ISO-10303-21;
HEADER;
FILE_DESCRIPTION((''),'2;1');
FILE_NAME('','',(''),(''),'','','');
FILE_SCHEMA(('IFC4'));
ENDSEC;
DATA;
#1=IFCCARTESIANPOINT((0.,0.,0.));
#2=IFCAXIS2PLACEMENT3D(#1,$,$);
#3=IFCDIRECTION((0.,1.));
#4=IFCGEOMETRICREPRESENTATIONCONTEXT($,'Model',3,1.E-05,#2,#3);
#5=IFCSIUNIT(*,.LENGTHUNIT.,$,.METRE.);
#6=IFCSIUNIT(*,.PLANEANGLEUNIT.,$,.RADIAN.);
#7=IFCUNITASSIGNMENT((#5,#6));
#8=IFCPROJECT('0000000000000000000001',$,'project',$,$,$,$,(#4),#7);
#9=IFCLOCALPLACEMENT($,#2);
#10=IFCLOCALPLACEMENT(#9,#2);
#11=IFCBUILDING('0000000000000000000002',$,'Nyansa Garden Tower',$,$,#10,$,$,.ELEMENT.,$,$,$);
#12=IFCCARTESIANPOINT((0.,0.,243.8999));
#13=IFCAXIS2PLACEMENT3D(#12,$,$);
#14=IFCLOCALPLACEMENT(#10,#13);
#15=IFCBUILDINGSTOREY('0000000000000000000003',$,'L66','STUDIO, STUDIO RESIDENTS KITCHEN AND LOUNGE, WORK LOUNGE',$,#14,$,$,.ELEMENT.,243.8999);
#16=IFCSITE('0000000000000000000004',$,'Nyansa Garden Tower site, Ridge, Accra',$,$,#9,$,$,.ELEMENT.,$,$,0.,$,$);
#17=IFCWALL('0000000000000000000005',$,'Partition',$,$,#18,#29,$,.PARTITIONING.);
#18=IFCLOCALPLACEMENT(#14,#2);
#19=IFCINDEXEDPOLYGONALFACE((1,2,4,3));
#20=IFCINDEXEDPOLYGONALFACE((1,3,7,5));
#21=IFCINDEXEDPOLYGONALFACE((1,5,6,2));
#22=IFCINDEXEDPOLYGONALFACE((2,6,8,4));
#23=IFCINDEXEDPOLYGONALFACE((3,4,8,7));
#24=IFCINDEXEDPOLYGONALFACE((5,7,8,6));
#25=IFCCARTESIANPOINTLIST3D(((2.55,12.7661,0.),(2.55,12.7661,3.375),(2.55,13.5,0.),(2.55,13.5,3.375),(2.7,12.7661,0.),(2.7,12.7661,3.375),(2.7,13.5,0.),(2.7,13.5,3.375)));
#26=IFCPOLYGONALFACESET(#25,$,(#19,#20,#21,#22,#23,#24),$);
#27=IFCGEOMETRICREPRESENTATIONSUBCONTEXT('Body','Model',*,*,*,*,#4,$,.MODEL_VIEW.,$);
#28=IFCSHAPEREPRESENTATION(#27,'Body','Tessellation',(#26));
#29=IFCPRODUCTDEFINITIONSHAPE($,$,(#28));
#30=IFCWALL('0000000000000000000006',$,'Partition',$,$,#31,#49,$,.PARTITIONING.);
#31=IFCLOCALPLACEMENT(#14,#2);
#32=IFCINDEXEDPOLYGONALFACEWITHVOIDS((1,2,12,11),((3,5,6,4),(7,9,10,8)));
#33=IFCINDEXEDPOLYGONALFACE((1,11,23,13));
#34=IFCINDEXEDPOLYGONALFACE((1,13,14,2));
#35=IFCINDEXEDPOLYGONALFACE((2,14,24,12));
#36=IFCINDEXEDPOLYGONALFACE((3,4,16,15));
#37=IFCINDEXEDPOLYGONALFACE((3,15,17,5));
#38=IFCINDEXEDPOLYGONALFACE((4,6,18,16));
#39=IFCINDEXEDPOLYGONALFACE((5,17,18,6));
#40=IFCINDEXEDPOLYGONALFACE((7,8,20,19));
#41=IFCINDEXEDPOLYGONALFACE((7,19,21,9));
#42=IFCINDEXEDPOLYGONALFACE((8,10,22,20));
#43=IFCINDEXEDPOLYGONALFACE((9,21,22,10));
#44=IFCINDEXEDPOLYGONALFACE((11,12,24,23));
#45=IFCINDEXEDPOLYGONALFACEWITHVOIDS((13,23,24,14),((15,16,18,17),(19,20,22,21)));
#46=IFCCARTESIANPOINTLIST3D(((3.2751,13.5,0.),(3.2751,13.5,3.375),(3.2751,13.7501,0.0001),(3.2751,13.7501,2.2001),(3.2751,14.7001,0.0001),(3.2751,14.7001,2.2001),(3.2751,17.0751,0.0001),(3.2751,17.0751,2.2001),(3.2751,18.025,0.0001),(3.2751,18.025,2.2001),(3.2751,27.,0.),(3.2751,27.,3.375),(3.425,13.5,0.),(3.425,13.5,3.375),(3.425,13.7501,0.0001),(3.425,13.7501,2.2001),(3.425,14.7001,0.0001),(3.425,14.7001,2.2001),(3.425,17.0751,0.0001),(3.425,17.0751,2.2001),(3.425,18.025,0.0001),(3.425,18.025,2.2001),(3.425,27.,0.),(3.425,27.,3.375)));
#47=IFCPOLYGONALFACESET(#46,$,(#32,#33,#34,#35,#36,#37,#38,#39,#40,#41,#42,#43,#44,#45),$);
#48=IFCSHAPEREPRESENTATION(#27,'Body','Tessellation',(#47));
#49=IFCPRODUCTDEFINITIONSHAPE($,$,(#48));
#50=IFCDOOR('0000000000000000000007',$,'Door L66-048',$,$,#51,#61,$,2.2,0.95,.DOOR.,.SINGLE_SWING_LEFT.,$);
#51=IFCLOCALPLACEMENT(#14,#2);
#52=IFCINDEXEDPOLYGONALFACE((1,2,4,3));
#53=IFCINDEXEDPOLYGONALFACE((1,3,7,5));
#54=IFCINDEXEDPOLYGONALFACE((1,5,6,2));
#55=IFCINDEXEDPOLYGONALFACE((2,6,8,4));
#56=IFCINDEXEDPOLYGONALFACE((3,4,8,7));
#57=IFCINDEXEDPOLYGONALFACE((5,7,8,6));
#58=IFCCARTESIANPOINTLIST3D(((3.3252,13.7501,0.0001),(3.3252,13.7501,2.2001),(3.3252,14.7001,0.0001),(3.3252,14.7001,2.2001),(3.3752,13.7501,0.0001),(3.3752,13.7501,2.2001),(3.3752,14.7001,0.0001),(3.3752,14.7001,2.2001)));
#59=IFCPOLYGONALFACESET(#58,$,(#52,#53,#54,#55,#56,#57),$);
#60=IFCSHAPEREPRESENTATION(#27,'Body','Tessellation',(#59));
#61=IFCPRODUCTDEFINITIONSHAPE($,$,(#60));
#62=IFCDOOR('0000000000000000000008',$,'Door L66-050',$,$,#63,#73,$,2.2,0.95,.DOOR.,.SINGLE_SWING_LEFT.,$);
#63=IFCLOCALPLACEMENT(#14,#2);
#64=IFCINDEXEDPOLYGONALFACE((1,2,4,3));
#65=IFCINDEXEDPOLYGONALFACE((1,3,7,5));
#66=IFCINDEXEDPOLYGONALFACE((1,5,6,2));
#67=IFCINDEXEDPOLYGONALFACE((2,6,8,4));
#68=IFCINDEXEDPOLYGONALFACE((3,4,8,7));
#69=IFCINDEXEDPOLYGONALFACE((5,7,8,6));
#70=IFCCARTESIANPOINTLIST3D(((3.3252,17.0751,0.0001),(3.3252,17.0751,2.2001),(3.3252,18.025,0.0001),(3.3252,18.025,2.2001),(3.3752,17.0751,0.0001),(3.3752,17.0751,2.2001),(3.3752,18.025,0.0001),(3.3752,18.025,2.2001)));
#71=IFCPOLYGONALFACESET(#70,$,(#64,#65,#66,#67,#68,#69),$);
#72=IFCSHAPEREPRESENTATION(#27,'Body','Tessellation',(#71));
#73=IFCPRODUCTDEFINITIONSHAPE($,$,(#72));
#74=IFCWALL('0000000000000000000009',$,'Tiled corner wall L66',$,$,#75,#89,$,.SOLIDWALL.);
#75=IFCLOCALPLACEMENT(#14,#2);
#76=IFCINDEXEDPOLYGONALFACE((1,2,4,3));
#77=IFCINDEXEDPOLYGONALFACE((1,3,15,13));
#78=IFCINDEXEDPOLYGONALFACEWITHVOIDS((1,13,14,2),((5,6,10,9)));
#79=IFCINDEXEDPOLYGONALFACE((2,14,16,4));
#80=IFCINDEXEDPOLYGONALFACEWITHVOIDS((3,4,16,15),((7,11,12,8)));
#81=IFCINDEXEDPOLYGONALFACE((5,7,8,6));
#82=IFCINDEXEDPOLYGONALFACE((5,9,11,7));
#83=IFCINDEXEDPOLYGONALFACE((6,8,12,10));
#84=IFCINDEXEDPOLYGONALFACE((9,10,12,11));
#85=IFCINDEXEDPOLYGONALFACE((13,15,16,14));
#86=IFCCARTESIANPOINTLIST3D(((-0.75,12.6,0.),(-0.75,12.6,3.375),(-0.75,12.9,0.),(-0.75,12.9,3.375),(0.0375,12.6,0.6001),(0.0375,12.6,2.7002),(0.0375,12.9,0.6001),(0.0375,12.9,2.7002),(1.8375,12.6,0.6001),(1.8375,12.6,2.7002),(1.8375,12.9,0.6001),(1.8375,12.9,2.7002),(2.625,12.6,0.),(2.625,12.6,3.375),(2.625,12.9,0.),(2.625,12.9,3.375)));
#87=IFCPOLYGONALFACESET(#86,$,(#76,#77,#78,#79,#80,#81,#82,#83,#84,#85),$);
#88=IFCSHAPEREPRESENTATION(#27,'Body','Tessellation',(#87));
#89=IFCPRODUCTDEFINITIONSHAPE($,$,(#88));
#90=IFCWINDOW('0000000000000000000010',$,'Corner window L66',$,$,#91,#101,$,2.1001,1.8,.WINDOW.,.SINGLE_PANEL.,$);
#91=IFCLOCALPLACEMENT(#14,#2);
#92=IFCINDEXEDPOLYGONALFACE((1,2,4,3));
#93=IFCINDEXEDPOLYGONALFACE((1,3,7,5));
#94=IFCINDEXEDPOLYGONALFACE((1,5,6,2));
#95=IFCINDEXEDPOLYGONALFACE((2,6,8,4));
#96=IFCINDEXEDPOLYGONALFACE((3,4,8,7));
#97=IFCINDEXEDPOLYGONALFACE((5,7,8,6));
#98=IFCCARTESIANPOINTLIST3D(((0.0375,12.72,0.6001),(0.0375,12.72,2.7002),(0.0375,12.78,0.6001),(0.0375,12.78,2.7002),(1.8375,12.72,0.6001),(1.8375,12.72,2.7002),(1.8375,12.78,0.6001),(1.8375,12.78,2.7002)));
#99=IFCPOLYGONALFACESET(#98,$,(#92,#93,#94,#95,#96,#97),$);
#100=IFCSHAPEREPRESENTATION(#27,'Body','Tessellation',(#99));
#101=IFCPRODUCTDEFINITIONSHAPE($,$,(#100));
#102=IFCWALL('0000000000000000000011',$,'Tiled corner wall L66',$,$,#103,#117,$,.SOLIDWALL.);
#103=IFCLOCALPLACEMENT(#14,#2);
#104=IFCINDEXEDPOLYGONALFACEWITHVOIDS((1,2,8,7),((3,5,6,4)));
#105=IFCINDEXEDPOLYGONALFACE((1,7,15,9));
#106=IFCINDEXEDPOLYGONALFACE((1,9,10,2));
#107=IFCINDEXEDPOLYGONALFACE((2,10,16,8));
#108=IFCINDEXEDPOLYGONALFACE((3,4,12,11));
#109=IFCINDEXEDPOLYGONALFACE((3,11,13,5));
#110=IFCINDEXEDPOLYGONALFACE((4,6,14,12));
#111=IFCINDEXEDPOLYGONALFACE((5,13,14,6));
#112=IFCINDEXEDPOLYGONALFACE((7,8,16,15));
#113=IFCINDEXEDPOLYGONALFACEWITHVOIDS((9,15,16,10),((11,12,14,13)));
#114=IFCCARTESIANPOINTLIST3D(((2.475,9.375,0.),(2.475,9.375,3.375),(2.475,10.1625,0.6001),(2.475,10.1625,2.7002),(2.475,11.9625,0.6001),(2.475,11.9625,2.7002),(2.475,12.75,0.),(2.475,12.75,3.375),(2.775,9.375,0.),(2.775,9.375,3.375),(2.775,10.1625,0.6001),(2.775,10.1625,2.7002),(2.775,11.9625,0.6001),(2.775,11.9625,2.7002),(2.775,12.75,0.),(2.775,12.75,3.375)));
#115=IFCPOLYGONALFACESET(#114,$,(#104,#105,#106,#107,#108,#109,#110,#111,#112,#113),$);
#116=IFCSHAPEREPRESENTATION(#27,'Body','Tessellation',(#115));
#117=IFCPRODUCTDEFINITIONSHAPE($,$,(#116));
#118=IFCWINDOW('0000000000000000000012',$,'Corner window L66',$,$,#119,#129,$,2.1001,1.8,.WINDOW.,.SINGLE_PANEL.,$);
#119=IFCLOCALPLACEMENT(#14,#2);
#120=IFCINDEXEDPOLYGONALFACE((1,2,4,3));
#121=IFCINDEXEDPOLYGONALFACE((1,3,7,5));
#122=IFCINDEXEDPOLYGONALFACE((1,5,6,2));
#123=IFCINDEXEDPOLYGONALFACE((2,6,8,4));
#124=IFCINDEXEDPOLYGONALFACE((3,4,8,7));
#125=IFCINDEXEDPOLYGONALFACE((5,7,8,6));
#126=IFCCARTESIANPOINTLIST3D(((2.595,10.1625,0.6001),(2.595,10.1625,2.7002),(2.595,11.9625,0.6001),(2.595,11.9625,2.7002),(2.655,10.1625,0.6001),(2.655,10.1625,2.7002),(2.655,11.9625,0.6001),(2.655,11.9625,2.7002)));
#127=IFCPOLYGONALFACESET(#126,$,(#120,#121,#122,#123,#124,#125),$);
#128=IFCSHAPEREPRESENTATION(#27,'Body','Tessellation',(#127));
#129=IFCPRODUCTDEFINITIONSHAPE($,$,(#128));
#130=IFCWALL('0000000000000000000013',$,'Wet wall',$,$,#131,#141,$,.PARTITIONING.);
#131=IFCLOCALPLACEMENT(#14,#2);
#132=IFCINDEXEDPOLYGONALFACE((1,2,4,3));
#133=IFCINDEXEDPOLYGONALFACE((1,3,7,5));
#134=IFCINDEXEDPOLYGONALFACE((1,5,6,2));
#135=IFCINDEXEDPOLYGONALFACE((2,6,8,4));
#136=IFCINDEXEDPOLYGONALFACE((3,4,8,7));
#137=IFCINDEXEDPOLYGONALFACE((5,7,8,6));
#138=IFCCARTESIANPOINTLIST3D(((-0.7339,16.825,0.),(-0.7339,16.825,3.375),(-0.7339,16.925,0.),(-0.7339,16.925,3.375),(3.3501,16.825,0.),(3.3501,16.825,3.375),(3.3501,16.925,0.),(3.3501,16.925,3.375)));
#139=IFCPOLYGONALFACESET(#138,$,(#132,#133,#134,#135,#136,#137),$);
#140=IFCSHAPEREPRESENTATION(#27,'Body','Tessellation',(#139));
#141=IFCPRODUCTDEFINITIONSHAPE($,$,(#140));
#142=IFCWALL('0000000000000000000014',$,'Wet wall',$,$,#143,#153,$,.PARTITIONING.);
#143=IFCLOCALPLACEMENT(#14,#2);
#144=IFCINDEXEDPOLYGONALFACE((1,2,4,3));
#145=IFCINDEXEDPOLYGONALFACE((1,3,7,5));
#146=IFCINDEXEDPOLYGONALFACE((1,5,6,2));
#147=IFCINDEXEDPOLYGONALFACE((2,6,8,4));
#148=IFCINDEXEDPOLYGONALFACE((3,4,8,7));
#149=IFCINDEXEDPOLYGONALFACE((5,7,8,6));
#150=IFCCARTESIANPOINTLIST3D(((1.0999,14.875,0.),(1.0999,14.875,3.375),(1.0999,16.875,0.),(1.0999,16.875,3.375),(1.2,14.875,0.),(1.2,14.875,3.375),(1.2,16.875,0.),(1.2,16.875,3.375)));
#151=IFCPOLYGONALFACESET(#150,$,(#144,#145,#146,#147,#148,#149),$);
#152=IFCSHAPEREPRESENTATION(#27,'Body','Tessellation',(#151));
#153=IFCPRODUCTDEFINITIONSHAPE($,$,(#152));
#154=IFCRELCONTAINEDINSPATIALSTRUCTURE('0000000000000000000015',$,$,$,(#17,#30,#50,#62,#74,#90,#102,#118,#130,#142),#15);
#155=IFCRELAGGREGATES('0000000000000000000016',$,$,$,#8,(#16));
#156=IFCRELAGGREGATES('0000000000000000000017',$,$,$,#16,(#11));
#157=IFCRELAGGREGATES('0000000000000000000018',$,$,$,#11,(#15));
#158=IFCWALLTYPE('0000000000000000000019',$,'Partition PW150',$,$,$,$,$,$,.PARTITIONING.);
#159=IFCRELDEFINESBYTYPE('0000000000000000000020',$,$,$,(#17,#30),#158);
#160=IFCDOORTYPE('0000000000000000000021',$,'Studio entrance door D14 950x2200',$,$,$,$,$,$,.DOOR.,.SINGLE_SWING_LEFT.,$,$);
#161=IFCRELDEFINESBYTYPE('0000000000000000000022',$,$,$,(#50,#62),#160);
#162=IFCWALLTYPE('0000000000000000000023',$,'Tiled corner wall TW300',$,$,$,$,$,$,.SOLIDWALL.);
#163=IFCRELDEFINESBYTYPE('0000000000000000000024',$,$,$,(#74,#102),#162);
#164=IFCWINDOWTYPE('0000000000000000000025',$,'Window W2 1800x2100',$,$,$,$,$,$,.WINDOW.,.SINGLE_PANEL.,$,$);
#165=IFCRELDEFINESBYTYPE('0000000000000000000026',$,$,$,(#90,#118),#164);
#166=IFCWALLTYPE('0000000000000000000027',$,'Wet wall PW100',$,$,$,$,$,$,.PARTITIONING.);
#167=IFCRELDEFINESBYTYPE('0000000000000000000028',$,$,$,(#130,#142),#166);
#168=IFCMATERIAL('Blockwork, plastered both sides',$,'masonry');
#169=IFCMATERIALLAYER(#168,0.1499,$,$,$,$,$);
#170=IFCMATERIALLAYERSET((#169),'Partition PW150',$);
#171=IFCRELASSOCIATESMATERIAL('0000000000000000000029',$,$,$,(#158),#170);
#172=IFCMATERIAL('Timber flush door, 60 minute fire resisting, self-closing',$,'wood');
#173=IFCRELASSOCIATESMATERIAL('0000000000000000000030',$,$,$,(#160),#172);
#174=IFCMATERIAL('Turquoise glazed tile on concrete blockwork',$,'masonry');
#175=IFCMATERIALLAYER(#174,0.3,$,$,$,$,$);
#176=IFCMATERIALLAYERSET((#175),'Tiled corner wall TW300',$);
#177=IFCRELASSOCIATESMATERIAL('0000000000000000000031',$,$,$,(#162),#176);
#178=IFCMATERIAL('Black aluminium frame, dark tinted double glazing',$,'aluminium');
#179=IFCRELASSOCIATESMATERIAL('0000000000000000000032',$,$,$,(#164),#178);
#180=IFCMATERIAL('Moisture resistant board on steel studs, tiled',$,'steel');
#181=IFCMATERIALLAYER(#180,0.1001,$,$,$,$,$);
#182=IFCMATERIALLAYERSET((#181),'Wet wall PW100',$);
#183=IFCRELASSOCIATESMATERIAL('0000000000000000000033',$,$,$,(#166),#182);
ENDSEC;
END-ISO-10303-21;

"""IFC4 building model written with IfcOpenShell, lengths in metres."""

from ifc_helpers import new_model, si_unit, direction, frame, frame_2d, origin, place, context, subcontext, project, spatial, rectangle, extrude, material, layer, layer_set, type_object, element, fill, save


model = new_model("IFC4")

# Units and contexts
model_context = context("Model", 3, precision=1e-05, world=origin(), true_north=direction((0.0, 1.0)))
body_context = subcontext(model_context, "Body", "Model", "MODEL_VIEW")
ifc_project = project(units=[si_unit("LENGTHUNIT", "METRE"), si_unit("PLANEANGLEUNIT", "RADIAN")], contexts=[model_context])

# Site, building, storey
site_placement = place(None, origin())
site = spatial("IfcSite", under=ifc_project, at=site_placement, Name="Nyansa Garden Tower site, Ridge, Accra", CompositionType="ELEMENT", RefElevation=0.0)
building_placement = place(site_placement, origin())
building = spatial("IfcBuilding", under=site, at=building_placement, Name="Nyansa Garden Tower", CompositionType="ELEMENT")
storey_placement = place(building_placement, frame((0.0, 0.0, 243.8999)))
storey = spatial("IfcBuildingStorey", under=building, at=storey_placement, Name="L66", Description="STUDIO, STUDIO RESIDENTS KITCHEN AND LOUNGE, WORK LOUNGE", CompositionType="ELEMENT", Elevation=243.8999)

# Wall
ifc_material_1 = material(Name="Blockwork, plastered both sides", Category="masonry")
ifc_layer_1 = layer(ifc_material_1, 0.1499)
ifc_layer_set_1 = layer_set([ifc_layer_1], Name="Partition PW150")
wall_type_1 = type_object("IfcWallType", Name="Partition PW150", PredefinedType="PARTITIONING", material=ifc_layer_set_1)
wall_1_placement = place(storey_placement, frame((2.625, 12.7661, 0.0), z_axis=(0.0, 0.0, 1.0), x_axis=(0.0, 1.0, 0.0)))
element("IfcWall", 1, at=wall_1_placement, inside=storey, type_object=wall_type_1, Name="Partition", PredefinedType="PARTITIONING", context=body_context, shape_type="SweptSolid", body=[
    extrude(rectangle(XDim=0.7339, YDim=0.1499, at=frame_2d((0.3669, 0.0))), origin(), (0.0, 0.0, 1.0), 3.375),
])

# Wall, openings, doors
wall_2_placement = place(storey_placement, frame((3.3501, 13.5, 0.0), z_axis=(0.0, 0.0, 1.0), x_axis=(0.0, 1.0, 0.0)))
wall_2 = element("IfcWall", 2, at=wall_2_placement, inside=storey, type_object=wall_type_1, Name="Partition", PredefinedType="PARTITIONING", context=body_context, shape_type="SweptSolid", body=[
    extrude(rectangle(XDim=13.5, YDim=0.1499, at=frame_2d((6.75, 0.0))), origin(), (0.0, 0.0, 1.0), 3.375),
])
opening_1_placement = place(wall_2_placement, frame((0.25, 0.0, 0.0)))
opening_1 = element("IfcOpeningElement", 3, at=opening_1_placement, cuts=wall_2, PredefinedType="OPENING", context=body_context, shape_type="SweptSolid", body=[
    extrude(rectangle(XDim=0.95, YDim=2.2, at=frame_2d((0.4751, 1.1001))), frame((0.0, 0.085, 0.0), z_axis=(0.0, -1.0, 0.0), x_axis=(1.0, 0.0, 0.0)), (0.0, 0.0, 1.0), 0.1699),
])
opening_2_placement = place(wall_2_placement, frame((3.575, 0.0, 0.0)))
opening_2 = element("IfcOpeningElement", 4, at=opening_2_placement, cuts=wall_2, PredefinedType="OPENING", context=body_context, shape_type="SweptSolid", body=[
    extrude(rectangle(XDim=0.95, YDim=2.2, at=frame_2d((0.4751, 1.1001))), frame((0.0, 0.085, 0.0), z_axis=(0.0, -1.0, 0.0), x_axis=(1.0, 0.0, 0.0)), (0.0, 0.0, 1.0), 0.1699),
])
ifc_material_2 = material(Name="Timber flush door, 60 minute fire resisting, self-closing", Category="wood")
door_type_1 = type_object("IfcDoorType", Name="Studio entrance door D14 950x2200", OperationType="SINGLE_SWING_LEFT", PredefinedType="DOOR", material=ifc_material_2)
door_1_placement = place(opening_1_placement, origin())
door_1 = element("IfcDoor", 5, at=door_1_placement, inside=storey, type_object=door_type_1, Name="Door L66-048", OperationType="SINGLE_SWING_LEFT", OverallHeight=2.2, OverallWidth=0.95, PredefinedType="DOOR", context=body_context, shape_type="SweptSolid", body=[
    extrude(rectangle(XDim=0.95, YDim=2.2, at=frame_2d((0.4751, 1.1001))), frame((0.0, 0.0249, 0.0), z_axis=(0.0, -1.0, 0.0), x_axis=(1.0, 0.0, 0.0)), (0.0, 0.0, 1.0), 0.05),
])
fill(opening_1, door_1)
door_2_placement = place(opening_2_placement, origin())
door_2 = element("IfcDoor", 6, at=door_2_placement, inside=storey, type_object=door_type_1, Name="Door L66-050", OperationType="SINGLE_SWING_LEFT", OverallHeight=2.2, OverallWidth=0.95, PredefinedType="DOOR", context=body_context, shape_type="SweptSolid", body=[
    extrude(rectangle(XDim=0.95, YDim=2.2, at=frame_2d((0.4751, 1.1001))), frame((0.0, 0.0249, 0.0), z_axis=(0.0, -1.0, 0.0), x_axis=(1.0, 0.0, 0.0)), (0.0, 0.0, 1.0), 0.05),
])
fill(opening_2, door_2)

# Walls, openings, windows
ifc_material_3 = material(Name="Turquoise glazed tile on concrete blockwork", Category="masonry")
ifc_layer_2 = layer(ifc_material_3, 0.3)
ifc_layer_set_2 = layer_set([ifc_layer_2], Name="Tiled corner wall TW300")
wall_type_2 = type_object("IfcWallType", Name="Tiled corner wall TW300", PredefinedType="SOLIDWALL", material=ifc_layer_set_2)
wall_3_placement = place(storey_placement, frame((-0.75, 12.75, 0.0), z_axis=(0.0, 0.0, 1.0), x_axis=(1.0, 0.0, 0.0)))
wall_3 = element("IfcWall", 7, at=wall_3_placement, inside=storey, type_object=wall_type_2, Name="Tiled corner wall L66", PredefinedType="SOLIDWALL", context=body_context, shape_type="SweptSolid", body=[
    extrude(rectangle(XDim=3.375, YDim=0.3, at=frame_2d((1.6875, 0.0))), origin(), (0.0, 0.0, 1.0), 3.375),
])
opening_3_placement = place(wall_3_placement, frame((0.7876, 0.0, 0.6001)))
opening_3 = element("IfcOpeningElement", 8, at=opening_3_placement, cuts=wall_3, PredefinedType="OPENING", context=body_context, shape_type="SweptSolid", body=[
    extrude(rectangle(XDim=1.8, YDim=2.1001, at=frame_2d((0.8999, 1.05))), frame((0.0, 0.1599, 0.0), z_axis=(0.0, -1.0, 0.0), x_axis=(1.0, 0.0, 0.0)), (0.0, 0.0, 1.0), 0.3201),
])
ifc_material_4 = material(Name="Black aluminium frame, dark tinted double glazing", Category="aluminium")
window_type = type_object("IfcWindowType", Name="Window W2 1800x2100", PartitioningType="SINGLE_PANEL", PredefinedType="WINDOW", material=ifc_material_4)
window_1_placement = place(opening_3_placement, origin())
window_1 = element("IfcWindow", 9, at=window_1_placement, inside=storey, type_object=window_type, Name="Corner window L66", OverallHeight=2.1001, OverallWidth=1.8, PartitioningType="SINGLE_PANEL", PredefinedType="WINDOW", context=body_context, shape_type="SweptSolid", body=[
    extrude(rectangle(XDim=1.8, YDim=2.1001, at=frame_2d((0.8999, 1.05))), frame((0.0, 0.03, 0.0), z_axis=(0.0, -1.0, 0.0), x_axis=(1.0, 0.0, 0.0)), (0.0, 0.0, 1.0), 0.0601),
])
fill(opening_3, window_1)
wall_4_placement = place(storey_placement, frame((2.625, 12.75, 0.0), z_axis=(0.0, 0.0, 1.0), x_axis=(0.0, -1.0, 0.0)))
wall_4 = element("IfcWall", 10, at=wall_4_placement, inside=storey, type_object=wall_type_2, Name="Tiled corner wall L66", PredefinedType="SOLIDWALL", context=body_context, shape_type="SweptSolid", body=[
    extrude(rectangle(XDim=3.375, YDim=0.3, at=frame_2d((1.6875, 0.0))), origin(), (0.0, 0.0, 1.0), 3.375),
])
opening_4_placement = place(wall_4_placement, frame((0.7876, 0.0, 0.6001)))
opening_4 = element("IfcOpeningElement", 11, at=opening_4_placement, cuts=wall_4, PredefinedType="OPENING", context=body_context, shape_type="SweptSolid", body=[
    extrude(rectangle(XDim=1.8, YDim=2.1001, at=frame_2d((0.8999, 1.05))), frame((0.0, 0.1599, 0.0), z_axis=(0.0, -1.0, 0.0), x_axis=(1.0, 0.0, 0.0)), (0.0, 0.0, 1.0), 0.3201),
])
window_2_placement = place(opening_4_placement, origin())
window_2 = element("IfcWindow", 12, at=window_2_placement, inside=storey, type_object=window_type, Name="Corner window L66", OverallHeight=2.1001, OverallWidth=1.8, PartitioningType="SINGLE_PANEL", PredefinedType="WINDOW", context=body_context, shape_type="SweptSolid", body=[
    extrude(rectangle(XDim=1.8, YDim=2.1001, at=frame_2d((0.8999, 1.05))), frame((0.0, 0.03, 0.0), z_axis=(0.0, -1.0, 0.0), x_axis=(1.0, 0.0, 0.0)), (0.0, 0.0, 1.0), 0.0601),
])
fill(opening_4, window_2)

# Walls
ifc_material_5 = material(Name="Moisture resistant board on steel studs, tiled", Category="steel")
ifc_layer_3 = layer(ifc_material_5, 0.1001)
ifc_layer_set_3 = layer_set([ifc_layer_3], Name="Wet wall PW100")
wall_type_3 = type_object("IfcWallType", Name="Wet wall PW100", PredefinedType="PARTITIONING", material=ifc_layer_set_3)
wall_5_placement = place(storey_placement, frame((-0.7339, 16.875, 0.0), z_axis=(0.0, 0.0, 1.0), x_axis=(1.0, 0.0, 0.0)))
element("IfcWall", 13, at=wall_5_placement, inside=storey, type_object=wall_type_3, Name="Wet wall", PredefinedType="PARTITIONING", context=body_context, shape_type="SweptSolid", body=[
    extrude(rectangle(XDim=4.084, YDim=0.1001, at=frame_2d((2.042, 0.0))), origin(), (0.0, 0.0, 1.0), 3.375),
])
wall_6_placement = place(storey_placement, frame((1.1499, 14.875, 0.0), z_axis=(0.0, 0.0, 1.0), x_axis=(0.0, 1.0, 0.0)))
element("IfcWall", 14, at=wall_6_placement, inside=storey, type_object=wall_type_3, Name="Wet wall", PredefinedType="PARTITIONING", context=body_context, shape_type="SweptSolid", body=[
    extrude(rectangle(XDim=2.0, YDim=0.1001, at=frame_2d((1.0, 0.0))), origin(), (0.0, 0.0, 1.0), 3.375),
])

save(model, "model.ifc")
